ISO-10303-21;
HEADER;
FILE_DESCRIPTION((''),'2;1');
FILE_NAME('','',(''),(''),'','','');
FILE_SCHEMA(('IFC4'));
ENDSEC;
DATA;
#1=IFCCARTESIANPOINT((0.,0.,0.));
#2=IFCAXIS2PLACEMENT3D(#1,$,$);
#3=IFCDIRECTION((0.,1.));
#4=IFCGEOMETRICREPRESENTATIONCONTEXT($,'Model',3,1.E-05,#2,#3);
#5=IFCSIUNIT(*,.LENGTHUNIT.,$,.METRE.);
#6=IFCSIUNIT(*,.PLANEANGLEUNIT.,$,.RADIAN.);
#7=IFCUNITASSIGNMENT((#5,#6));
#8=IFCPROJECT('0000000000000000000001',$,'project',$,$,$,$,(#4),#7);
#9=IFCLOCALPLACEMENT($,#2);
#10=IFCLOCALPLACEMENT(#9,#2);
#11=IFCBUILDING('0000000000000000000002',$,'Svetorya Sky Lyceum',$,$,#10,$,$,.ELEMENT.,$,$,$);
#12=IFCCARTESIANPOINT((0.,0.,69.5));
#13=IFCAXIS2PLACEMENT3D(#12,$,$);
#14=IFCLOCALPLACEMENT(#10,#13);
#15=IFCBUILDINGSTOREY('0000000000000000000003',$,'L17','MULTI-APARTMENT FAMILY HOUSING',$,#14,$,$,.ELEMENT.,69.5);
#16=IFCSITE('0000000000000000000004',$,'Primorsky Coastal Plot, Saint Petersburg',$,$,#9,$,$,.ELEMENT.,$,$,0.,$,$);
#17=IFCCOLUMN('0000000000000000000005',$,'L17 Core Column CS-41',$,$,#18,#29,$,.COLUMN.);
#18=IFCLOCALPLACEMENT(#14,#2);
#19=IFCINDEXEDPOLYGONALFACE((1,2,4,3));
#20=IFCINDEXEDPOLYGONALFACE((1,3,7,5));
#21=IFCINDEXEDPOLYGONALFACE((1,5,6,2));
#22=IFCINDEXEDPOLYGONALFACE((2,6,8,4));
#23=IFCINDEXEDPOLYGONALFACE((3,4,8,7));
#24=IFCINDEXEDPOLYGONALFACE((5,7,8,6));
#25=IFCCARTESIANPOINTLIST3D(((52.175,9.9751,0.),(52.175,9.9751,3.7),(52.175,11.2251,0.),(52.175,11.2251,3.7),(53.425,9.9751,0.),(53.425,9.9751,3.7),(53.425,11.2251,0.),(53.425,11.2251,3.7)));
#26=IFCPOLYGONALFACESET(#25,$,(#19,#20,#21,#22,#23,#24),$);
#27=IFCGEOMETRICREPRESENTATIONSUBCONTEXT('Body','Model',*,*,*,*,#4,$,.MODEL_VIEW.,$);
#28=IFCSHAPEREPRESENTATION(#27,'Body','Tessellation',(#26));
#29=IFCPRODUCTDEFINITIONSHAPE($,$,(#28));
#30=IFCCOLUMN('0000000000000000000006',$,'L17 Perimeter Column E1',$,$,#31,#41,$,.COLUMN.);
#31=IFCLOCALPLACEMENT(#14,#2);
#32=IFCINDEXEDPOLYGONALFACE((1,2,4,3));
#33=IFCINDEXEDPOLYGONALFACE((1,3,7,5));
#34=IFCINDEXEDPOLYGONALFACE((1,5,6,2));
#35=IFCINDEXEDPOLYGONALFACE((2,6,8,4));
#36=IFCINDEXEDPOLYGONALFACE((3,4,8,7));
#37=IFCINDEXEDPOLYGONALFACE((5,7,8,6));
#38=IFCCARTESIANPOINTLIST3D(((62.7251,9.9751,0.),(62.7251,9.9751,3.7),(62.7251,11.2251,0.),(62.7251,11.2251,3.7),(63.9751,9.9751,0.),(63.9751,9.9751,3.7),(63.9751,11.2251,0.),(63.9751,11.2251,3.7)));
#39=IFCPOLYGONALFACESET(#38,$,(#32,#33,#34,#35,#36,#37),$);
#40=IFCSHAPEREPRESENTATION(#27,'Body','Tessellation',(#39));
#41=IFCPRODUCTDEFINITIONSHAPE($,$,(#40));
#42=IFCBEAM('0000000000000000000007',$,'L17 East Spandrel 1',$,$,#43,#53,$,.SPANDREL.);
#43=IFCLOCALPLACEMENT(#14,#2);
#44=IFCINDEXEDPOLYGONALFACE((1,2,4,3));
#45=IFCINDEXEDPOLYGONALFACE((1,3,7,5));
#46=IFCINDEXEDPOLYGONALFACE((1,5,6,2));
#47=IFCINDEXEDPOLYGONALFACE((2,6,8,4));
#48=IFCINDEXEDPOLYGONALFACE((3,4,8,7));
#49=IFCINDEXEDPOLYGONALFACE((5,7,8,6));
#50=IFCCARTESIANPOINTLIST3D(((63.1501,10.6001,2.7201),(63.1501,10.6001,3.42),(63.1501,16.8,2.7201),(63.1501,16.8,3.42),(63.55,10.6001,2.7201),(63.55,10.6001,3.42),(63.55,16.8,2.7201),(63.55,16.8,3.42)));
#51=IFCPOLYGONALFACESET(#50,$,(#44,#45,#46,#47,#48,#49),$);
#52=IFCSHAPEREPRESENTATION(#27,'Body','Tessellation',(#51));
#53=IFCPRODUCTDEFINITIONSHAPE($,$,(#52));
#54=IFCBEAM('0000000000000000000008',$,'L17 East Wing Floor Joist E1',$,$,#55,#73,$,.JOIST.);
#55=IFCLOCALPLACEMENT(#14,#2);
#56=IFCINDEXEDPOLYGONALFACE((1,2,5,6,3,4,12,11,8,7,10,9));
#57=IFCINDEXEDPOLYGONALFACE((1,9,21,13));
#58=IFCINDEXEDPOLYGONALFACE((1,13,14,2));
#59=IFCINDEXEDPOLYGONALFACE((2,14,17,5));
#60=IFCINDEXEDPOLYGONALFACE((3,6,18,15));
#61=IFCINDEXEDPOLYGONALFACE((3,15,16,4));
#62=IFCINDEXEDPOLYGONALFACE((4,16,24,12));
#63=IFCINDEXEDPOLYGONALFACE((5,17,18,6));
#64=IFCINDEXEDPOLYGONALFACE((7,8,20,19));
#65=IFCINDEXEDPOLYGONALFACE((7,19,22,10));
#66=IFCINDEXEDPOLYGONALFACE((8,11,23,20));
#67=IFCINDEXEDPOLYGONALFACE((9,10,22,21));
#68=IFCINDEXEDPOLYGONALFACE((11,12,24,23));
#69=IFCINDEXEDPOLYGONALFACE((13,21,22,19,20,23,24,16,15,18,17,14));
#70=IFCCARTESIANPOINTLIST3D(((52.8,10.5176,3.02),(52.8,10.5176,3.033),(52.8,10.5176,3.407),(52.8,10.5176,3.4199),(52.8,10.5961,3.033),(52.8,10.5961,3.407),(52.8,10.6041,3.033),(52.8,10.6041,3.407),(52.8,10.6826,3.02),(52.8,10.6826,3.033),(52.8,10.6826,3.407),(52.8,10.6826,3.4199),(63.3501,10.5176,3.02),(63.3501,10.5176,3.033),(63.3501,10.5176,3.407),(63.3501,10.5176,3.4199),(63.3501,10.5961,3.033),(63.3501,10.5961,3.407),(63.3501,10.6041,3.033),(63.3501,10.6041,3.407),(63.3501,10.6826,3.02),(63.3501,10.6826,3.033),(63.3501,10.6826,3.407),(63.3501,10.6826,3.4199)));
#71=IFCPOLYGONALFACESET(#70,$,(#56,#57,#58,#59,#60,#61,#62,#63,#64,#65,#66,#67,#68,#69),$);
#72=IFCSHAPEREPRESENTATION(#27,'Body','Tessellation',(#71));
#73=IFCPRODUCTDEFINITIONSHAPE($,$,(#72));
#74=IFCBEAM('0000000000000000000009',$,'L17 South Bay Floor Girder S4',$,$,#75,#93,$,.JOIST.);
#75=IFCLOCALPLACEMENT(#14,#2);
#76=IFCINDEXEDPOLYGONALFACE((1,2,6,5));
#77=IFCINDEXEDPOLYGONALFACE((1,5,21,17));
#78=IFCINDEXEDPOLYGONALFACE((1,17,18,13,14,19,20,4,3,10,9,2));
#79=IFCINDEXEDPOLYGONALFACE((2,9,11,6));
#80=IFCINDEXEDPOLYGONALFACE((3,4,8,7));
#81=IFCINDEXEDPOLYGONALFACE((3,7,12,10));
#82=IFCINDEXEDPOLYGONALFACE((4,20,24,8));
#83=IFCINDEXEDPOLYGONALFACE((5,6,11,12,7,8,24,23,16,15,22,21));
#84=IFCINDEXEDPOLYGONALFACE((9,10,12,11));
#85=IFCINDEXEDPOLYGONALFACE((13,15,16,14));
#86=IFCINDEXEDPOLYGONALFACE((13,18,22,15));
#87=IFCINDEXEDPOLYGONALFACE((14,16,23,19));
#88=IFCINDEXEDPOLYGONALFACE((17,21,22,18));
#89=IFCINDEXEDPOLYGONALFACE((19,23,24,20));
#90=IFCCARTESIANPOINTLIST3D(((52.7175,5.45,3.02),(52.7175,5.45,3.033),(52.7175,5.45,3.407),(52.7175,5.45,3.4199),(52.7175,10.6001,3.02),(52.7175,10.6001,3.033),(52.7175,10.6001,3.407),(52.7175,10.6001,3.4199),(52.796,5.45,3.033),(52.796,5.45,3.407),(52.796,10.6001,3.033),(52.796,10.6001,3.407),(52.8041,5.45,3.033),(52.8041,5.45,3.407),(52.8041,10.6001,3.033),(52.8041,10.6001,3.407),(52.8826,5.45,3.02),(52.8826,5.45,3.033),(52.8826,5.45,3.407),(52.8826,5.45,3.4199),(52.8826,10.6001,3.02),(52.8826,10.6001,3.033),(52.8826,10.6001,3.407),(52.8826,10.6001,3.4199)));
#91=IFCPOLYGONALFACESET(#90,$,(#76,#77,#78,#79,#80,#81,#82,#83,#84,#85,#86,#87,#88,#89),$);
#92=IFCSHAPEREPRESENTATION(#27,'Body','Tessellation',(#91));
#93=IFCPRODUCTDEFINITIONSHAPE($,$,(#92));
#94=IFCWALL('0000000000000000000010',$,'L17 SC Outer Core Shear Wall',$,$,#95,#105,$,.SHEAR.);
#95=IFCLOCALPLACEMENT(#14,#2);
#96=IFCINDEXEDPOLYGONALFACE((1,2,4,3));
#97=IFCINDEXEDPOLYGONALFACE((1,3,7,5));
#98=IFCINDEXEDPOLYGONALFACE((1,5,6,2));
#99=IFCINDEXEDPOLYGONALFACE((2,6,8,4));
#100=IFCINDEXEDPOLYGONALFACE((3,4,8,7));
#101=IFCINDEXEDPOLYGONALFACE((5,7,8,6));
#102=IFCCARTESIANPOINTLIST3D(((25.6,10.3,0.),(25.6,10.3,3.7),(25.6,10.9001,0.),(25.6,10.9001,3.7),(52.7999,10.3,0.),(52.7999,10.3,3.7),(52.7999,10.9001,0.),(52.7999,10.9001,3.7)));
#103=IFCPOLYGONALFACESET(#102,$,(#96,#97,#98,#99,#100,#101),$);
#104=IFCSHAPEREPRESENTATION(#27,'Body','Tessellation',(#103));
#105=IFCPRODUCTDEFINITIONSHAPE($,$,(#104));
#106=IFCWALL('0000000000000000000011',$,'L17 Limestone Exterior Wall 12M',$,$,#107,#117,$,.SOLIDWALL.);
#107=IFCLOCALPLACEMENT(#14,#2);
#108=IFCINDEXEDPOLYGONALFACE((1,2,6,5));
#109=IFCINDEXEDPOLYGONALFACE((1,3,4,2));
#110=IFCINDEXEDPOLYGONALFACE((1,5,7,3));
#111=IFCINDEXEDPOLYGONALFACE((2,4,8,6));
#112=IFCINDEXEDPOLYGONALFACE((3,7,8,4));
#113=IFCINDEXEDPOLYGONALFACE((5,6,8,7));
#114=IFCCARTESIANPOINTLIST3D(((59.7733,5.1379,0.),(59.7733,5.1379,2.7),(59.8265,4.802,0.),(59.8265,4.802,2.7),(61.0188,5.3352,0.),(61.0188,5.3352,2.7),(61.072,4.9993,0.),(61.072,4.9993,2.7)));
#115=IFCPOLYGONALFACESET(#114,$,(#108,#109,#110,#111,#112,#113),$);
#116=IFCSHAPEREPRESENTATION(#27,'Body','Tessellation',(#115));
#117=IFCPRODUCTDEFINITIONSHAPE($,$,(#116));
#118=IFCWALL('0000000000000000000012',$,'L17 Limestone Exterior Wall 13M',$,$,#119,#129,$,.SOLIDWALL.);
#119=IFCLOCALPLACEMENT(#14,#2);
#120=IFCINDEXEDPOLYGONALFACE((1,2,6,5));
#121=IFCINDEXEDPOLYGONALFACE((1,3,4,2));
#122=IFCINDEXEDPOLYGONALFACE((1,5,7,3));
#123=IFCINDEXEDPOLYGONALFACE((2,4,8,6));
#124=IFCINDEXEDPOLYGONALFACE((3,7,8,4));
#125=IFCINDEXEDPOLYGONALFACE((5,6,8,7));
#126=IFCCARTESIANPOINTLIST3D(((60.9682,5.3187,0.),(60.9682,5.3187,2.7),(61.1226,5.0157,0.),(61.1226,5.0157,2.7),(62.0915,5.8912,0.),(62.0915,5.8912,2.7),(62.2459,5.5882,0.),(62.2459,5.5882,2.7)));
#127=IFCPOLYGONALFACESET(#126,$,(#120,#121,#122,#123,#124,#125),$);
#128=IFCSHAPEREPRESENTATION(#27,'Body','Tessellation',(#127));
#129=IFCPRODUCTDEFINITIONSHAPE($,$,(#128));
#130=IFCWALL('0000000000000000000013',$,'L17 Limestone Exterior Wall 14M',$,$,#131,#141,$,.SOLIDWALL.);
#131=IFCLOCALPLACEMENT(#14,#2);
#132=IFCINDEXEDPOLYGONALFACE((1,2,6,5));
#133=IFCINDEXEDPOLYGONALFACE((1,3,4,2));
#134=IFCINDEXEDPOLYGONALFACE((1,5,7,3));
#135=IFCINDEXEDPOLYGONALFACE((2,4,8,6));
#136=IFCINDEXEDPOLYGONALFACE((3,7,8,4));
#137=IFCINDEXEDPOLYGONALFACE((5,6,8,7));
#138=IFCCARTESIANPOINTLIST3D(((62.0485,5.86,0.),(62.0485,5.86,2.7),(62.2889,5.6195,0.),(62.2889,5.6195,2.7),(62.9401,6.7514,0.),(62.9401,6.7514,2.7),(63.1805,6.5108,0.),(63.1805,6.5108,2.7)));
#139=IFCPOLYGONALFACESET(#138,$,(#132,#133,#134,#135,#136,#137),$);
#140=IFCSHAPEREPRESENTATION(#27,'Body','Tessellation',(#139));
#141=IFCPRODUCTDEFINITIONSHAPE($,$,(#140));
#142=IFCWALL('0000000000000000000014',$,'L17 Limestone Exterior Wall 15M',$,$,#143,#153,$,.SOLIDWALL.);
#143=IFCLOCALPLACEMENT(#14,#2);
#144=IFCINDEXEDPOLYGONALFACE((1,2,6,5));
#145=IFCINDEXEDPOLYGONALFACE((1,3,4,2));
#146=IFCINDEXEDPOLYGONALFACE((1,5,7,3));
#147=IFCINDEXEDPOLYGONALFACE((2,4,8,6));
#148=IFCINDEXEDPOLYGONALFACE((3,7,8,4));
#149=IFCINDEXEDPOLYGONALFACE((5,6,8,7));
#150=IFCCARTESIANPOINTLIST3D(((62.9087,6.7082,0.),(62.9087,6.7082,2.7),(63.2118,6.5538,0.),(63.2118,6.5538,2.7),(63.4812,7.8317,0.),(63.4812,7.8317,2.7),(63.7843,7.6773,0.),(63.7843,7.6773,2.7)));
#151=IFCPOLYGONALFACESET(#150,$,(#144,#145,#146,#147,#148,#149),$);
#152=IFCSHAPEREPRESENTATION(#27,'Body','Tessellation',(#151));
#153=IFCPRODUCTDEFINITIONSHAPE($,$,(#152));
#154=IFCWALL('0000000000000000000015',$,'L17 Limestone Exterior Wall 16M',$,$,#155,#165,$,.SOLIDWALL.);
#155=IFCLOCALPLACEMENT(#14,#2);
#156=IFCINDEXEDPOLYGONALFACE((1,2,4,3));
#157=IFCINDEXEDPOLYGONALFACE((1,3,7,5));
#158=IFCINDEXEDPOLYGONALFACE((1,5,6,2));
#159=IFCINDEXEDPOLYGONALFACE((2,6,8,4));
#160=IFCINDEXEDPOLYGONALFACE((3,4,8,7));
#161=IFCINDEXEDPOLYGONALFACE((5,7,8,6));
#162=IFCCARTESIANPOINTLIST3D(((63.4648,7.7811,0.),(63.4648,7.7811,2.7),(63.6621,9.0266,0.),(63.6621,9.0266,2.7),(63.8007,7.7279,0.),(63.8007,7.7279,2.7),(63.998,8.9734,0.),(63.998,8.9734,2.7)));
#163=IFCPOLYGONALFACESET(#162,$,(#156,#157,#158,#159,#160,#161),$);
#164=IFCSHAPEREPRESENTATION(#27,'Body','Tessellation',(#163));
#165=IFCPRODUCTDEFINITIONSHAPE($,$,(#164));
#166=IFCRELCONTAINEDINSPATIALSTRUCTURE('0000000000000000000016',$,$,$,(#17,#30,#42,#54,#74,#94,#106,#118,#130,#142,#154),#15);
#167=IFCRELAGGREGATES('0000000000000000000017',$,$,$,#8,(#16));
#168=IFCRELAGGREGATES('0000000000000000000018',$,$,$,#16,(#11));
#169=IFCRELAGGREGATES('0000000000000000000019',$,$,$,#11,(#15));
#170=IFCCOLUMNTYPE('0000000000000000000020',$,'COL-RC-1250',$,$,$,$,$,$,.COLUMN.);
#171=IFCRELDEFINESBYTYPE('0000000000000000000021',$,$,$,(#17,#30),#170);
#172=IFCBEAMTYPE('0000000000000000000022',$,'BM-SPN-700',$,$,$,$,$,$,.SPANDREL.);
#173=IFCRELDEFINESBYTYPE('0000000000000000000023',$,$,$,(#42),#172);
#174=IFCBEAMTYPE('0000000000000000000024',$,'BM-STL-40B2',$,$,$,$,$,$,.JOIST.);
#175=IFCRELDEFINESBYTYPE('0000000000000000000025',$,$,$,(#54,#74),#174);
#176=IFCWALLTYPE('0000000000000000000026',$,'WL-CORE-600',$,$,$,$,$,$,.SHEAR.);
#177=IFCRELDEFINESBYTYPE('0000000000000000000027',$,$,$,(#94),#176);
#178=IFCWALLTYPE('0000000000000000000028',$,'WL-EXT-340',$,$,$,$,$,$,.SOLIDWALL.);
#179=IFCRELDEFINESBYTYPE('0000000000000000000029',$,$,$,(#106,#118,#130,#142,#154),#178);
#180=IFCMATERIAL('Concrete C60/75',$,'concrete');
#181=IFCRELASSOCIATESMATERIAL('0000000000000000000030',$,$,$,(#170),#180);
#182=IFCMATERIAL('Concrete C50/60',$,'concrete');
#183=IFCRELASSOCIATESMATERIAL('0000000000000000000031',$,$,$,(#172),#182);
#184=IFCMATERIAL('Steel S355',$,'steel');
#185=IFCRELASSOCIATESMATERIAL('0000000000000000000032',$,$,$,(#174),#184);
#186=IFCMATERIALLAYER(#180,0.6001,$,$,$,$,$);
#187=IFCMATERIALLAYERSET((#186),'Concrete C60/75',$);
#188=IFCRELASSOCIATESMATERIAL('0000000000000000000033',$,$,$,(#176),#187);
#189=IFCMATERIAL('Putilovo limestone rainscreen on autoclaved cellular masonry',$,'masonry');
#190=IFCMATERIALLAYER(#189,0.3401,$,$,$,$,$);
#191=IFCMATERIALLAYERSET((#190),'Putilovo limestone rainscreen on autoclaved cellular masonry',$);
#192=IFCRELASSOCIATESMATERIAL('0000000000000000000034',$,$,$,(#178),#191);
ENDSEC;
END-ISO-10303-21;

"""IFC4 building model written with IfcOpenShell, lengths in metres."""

from ifc_helpers import new_model, si_unit, direction, frame, frame_2d, origin, origin_2d, place, context, subcontext, project, spatial, rectangle, i_section, extrude, material, layer, layer_set, material_profile, profile_set, type_object, element, save


model = new_model("IFC4")

# Units and contexts
model_context = context("Model", 3, precision=1e-05, world=origin(), true_north=direction((0.0, 1.0)))
body_context = subcontext(model_context, "Body", "Model", "MODEL_VIEW")
ifc_project = project(units=[si_unit("LENGTHUNIT", "METRE"), si_unit("PLANEANGLEUNIT", "RADIAN")], contexts=[model_context])

# Site, building, storey
site_placement = place(None, origin())
site = spatial("IfcSite", under=ifc_project, at=site_placement, Name="Primorsky Coastal Plot, Saint Petersburg", CompositionType="ELEMENT", RefElevation=0.0)
building_placement = place(site_placement, origin())
building = spatial("IfcBuilding", under=site, at=building_placement, Name="Svetorya Sky Lyceum", CompositionType="ELEMENT")
storey_placement = place(building_placement, frame((0.0, 0.0, 69.5)))
storey = spatial("IfcBuildingStorey", under=building, at=storey_placement, Name="L17", Description="MULTI-APARTMENT FAMILY HOUSING", CompositionType="ELEMENT", Elevation=69.5)

# Columns
ifc_material_1 = material(Name="Concrete C60/75", Category="concrete")
ifc_material_profile_1 = material_profile(ifc_material_1, rectangle(XDim=1.25, YDim=1.25, at=origin_2d()), Name="RC COL 1250x1250")
ifc_profile_set_1 = profile_set([ifc_material_profile_1], Name="Concrete C60/75")
column_type = type_object("IfcColumnType", Name="COL-RC-1250", PredefinedType="COLUMN", material=ifc_profile_set_1)
for number, where, z_axis, x_axis, name in (
    (1, (52.8, 10.6001, 0.0), (0.0, 0.0, 1.0), (1.0, 0.0, 0.0), "L17 Core Column CS-41"),
    (2, (63.3501, 10.6001, 0.0), (0.0, 0.0, 1.0), (1.0, 0.0, 0.0), "L17 Perimeter Column E1"),
):
    element("IfcColumn", number, at=place(storey_placement, frame(where, z_axis=z_axis, x_axis=x_axis)), inside=storey, type_object=column_type, Name=name, PredefinedType="COLUMN", context=body_context, shape_type="SweptSolid", body=[
        extrude(rectangle(XDim=1.25, YDim=1.25, at=origin_2d()), origin(), (0.0, 0.0, 1.0), 3.7),
    ])

# Beams
ifc_material_2 = material(Name="Concrete C50/60", Category="concrete")
ifc_material_profile_2 = material_profile(ifc_material_2, rectangle(XDim=0.3999, YDim=0.7, at=origin_2d()), Name="RC SPANDREL 400x700")
ifc_profile_set_2 = profile_set([ifc_material_profile_2], Name="Concrete C50/60")
beam_type_1 = type_object("IfcBeamType", Name="BM-SPN-700", PredefinedType="SPANDREL", material=ifc_profile_set_2)
beam_1_placement = place(storey_placement, frame((63.3501, 10.6001, 3.0701), z_axis=(0.0, 1.0, 0.0), x_axis=(-1.0, 0.0, 0.0)))
element("IfcBeam", 3, at=beam_1_placement, inside=storey, type_object=beam_type_1, Name="L17 East Spandrel 1", PredefinedType="SPANDREL", context=body_context, shape_type="SweptSolid", body=[
    extrude(rectangle(XDim=0.3999, YDim=0.7, at=origin_2d()), origin(), (0.0, 0.0, 1.0), 6.2),
])
ifc_material_3 = material(Name="Steel S355", Category="steel")
ifc_material_profile_3 = material_profile(ifc_material_3, i_section(OverallWidth=0.165, OverallDepth=0.3999, WebThickness=0.0081, FlangeThickness=0.0129, at=origin_2d()), Name="GOST 40B2")
ifc_profile_set_3 = profile_set([ifc_material_profile_3], Name="Steel S355")
beam_type_2 = type_object("IfcBeamType", Name="BM-STL-40B2", PredefinedType="JOIST", material=ifc_profile_set_3)
beam_2_placement = place(storey_placement, frame((52.8, 10.6001, 3.22), z_axis=(1.0, 0.0, 0.0), x_axis=(0.0, 1.0, 0.0)))
element("IfcBeam", 4, at=beam_2_placement, inside=storey, type_object=beam_type_2, Name="L17 East Wing Floor Joist E1", PredefinedType="JOIST", context=body_context, shape_type="SweptSolid", body=[
    extrude(i_section(OverallWidth=0.165, OverallDepth=0.3999, WebThickness=0.0081, FlangeThickness=0.0129, at=origin_2d()), origin(), (0.0, 0.0, 1.0), 10.55),
])
beam_3_placement = place(storey_placement, frame((52.8, 5.45, 3.22), z_axis=(0.0, 1.0, 0.0), x_axis=(-1.0, 0.0, 0.0)))
element("IfcBeam", 5, at=beam_3_placement, inside=storey, type_object=beam_type_2, Name="L17 South Bay Floor Girder S4", PredefinedType="JOIST", context=body_context, shape_type="SweptSolid", body=[
    extrude(i_section(OverallWidth=0.165, OverallDepth=0.3999, WebThickness=0.0081, FlangeThickness=0.0129, at=origin_2d()), origin(), (0.0, 0.0, 1.0), 5.1501),
])

# Walls
ifc_layer_1 = layer(ifc_material_1, 0.6001)
ifc_layer_set_1 = layer_set([ifc_layer_1], Name="Concrete C60/75")
wall_type_1 = type_object("IfcWallType", Name="WL-CORE-600", PredefinedType="SHEAR", material=ifc_layer_set_1)
wall_1_placement = place(storey_placement, frame((52.8, 10.6001, 0.0), z_axis=(0.0, 0.0, 1.0), x_axis=(-1.0, 0.0, 0.0)))
element("IfcWall", 6, at=wall_1_placement, inside=storey, type_object=wall_type_1, Name="L17 SC Outer Core Shear Wall", PredefinedType="SHEAR", context=body_context, shape_type="SweptSolid", body=[
    extrude(rectangle(XDim=27.2, YDim=0.6001, at=frame_2d((13.6001, 0.0))), origin(), (0.0, 0.0, 1.0), 3.7),
])
ifc_material_4 = material(Name="Putilovo limestone rainscreen on autoclaved cellular masonry", Category="masonry")
ifc_layer_2 = layer(ifc_material_4, 0.3401)
ifc_layer_set_2 = layer_set([ifc_layer_2], Name="Putilovo limestone rainscreen on autoclaved cellular masonry")
wall_type_2 = type_object("IfcWallType", Name="WL-EXT-340", PredefinedType="SOLIDWALL", material=ifc_layer_set_2)
wall_2_placement = place(storey_placement, frame((59.8, 4.97, 0.0), z_axis=(0.0, 0.0, 1.0), x_axis=(0.987686, 0.15645, 0.0)))
element("IfcWall", 7, at=wall_2_placement, inside=storey, type_object=wall_type_2, Name="L17 Limestone Exterior Wall 12M", PredefinedType="SOLIDWALL", context=body_context, shape_type="SweptSolid", body=[
    extrude(rectangle(XDim=1.261, YDim=0.3401, at=frame_2d((0.6304, 0.0))), origin(), (0.0, 0.0, 1.0), 2.7),
])
for number, where, z_axis, x_axis, name in (
    (8, (61.0454, 5.1672, 0.0), (0.0, 0.0, 1.0), (0.890954, 0.454094, 0.0), "L17 Limestone Exterior Wall 13M"),
    (9, (62.1687, 5.7397, 0.0), (0.0, 0.0, 1.0), (0.707204, 0.70701, 0.0), "L17 Limestone Exterior Wall 14M"),
):
    element("IfcWall", number, at=place(storey_placement, frame(where, z_axis=z_axis, x_axis=x_axis)), inside=storey, type_object=wall_type_2, Name=name, PredefinedType="SOLIDWALL", context=body_context, shape_type="SweptSolid", body=[
        extrude(rectangle(XDim=1.2607, YDim=0.3401, at=frame_2d((0.6304, 0.0))), origin(), (0.0, 0.0, 1.0), 2.7),
    ])
for number, where, z_axis, x_axis, name in (
    (10, (63.0603, 6.6311, 0.0), (0.0, 0.0, 1.0), (0.454016, 0.890994, 0.0), "L17 Limestone Exterior Wall 15M"),
    (11, (63.6328, 7.7546, 0.0), (0.0, 0.0, 1.0), (0.15645, 0.987686, 0.0), "L17 Limestone Exterior Wall 16M"),
):
    element("IfcWall", number, at=place(storey_placement, frame(where, z_axis=z_axis, x_axis=x_axis)), inside=storey, type_object=wall_type_2, Name=name, PredefinedType="SOLIDWALL", context=body_context, shape_type="SweptSolid", body=[
        extrude(rectangle(XDim=1.261, YDim=0.3401, at=frame_2d((0.6304, 0.0))), origin(), (0.0, 0.0, 1.0), 2.7),
    ])

save(model, "model.ifc")
